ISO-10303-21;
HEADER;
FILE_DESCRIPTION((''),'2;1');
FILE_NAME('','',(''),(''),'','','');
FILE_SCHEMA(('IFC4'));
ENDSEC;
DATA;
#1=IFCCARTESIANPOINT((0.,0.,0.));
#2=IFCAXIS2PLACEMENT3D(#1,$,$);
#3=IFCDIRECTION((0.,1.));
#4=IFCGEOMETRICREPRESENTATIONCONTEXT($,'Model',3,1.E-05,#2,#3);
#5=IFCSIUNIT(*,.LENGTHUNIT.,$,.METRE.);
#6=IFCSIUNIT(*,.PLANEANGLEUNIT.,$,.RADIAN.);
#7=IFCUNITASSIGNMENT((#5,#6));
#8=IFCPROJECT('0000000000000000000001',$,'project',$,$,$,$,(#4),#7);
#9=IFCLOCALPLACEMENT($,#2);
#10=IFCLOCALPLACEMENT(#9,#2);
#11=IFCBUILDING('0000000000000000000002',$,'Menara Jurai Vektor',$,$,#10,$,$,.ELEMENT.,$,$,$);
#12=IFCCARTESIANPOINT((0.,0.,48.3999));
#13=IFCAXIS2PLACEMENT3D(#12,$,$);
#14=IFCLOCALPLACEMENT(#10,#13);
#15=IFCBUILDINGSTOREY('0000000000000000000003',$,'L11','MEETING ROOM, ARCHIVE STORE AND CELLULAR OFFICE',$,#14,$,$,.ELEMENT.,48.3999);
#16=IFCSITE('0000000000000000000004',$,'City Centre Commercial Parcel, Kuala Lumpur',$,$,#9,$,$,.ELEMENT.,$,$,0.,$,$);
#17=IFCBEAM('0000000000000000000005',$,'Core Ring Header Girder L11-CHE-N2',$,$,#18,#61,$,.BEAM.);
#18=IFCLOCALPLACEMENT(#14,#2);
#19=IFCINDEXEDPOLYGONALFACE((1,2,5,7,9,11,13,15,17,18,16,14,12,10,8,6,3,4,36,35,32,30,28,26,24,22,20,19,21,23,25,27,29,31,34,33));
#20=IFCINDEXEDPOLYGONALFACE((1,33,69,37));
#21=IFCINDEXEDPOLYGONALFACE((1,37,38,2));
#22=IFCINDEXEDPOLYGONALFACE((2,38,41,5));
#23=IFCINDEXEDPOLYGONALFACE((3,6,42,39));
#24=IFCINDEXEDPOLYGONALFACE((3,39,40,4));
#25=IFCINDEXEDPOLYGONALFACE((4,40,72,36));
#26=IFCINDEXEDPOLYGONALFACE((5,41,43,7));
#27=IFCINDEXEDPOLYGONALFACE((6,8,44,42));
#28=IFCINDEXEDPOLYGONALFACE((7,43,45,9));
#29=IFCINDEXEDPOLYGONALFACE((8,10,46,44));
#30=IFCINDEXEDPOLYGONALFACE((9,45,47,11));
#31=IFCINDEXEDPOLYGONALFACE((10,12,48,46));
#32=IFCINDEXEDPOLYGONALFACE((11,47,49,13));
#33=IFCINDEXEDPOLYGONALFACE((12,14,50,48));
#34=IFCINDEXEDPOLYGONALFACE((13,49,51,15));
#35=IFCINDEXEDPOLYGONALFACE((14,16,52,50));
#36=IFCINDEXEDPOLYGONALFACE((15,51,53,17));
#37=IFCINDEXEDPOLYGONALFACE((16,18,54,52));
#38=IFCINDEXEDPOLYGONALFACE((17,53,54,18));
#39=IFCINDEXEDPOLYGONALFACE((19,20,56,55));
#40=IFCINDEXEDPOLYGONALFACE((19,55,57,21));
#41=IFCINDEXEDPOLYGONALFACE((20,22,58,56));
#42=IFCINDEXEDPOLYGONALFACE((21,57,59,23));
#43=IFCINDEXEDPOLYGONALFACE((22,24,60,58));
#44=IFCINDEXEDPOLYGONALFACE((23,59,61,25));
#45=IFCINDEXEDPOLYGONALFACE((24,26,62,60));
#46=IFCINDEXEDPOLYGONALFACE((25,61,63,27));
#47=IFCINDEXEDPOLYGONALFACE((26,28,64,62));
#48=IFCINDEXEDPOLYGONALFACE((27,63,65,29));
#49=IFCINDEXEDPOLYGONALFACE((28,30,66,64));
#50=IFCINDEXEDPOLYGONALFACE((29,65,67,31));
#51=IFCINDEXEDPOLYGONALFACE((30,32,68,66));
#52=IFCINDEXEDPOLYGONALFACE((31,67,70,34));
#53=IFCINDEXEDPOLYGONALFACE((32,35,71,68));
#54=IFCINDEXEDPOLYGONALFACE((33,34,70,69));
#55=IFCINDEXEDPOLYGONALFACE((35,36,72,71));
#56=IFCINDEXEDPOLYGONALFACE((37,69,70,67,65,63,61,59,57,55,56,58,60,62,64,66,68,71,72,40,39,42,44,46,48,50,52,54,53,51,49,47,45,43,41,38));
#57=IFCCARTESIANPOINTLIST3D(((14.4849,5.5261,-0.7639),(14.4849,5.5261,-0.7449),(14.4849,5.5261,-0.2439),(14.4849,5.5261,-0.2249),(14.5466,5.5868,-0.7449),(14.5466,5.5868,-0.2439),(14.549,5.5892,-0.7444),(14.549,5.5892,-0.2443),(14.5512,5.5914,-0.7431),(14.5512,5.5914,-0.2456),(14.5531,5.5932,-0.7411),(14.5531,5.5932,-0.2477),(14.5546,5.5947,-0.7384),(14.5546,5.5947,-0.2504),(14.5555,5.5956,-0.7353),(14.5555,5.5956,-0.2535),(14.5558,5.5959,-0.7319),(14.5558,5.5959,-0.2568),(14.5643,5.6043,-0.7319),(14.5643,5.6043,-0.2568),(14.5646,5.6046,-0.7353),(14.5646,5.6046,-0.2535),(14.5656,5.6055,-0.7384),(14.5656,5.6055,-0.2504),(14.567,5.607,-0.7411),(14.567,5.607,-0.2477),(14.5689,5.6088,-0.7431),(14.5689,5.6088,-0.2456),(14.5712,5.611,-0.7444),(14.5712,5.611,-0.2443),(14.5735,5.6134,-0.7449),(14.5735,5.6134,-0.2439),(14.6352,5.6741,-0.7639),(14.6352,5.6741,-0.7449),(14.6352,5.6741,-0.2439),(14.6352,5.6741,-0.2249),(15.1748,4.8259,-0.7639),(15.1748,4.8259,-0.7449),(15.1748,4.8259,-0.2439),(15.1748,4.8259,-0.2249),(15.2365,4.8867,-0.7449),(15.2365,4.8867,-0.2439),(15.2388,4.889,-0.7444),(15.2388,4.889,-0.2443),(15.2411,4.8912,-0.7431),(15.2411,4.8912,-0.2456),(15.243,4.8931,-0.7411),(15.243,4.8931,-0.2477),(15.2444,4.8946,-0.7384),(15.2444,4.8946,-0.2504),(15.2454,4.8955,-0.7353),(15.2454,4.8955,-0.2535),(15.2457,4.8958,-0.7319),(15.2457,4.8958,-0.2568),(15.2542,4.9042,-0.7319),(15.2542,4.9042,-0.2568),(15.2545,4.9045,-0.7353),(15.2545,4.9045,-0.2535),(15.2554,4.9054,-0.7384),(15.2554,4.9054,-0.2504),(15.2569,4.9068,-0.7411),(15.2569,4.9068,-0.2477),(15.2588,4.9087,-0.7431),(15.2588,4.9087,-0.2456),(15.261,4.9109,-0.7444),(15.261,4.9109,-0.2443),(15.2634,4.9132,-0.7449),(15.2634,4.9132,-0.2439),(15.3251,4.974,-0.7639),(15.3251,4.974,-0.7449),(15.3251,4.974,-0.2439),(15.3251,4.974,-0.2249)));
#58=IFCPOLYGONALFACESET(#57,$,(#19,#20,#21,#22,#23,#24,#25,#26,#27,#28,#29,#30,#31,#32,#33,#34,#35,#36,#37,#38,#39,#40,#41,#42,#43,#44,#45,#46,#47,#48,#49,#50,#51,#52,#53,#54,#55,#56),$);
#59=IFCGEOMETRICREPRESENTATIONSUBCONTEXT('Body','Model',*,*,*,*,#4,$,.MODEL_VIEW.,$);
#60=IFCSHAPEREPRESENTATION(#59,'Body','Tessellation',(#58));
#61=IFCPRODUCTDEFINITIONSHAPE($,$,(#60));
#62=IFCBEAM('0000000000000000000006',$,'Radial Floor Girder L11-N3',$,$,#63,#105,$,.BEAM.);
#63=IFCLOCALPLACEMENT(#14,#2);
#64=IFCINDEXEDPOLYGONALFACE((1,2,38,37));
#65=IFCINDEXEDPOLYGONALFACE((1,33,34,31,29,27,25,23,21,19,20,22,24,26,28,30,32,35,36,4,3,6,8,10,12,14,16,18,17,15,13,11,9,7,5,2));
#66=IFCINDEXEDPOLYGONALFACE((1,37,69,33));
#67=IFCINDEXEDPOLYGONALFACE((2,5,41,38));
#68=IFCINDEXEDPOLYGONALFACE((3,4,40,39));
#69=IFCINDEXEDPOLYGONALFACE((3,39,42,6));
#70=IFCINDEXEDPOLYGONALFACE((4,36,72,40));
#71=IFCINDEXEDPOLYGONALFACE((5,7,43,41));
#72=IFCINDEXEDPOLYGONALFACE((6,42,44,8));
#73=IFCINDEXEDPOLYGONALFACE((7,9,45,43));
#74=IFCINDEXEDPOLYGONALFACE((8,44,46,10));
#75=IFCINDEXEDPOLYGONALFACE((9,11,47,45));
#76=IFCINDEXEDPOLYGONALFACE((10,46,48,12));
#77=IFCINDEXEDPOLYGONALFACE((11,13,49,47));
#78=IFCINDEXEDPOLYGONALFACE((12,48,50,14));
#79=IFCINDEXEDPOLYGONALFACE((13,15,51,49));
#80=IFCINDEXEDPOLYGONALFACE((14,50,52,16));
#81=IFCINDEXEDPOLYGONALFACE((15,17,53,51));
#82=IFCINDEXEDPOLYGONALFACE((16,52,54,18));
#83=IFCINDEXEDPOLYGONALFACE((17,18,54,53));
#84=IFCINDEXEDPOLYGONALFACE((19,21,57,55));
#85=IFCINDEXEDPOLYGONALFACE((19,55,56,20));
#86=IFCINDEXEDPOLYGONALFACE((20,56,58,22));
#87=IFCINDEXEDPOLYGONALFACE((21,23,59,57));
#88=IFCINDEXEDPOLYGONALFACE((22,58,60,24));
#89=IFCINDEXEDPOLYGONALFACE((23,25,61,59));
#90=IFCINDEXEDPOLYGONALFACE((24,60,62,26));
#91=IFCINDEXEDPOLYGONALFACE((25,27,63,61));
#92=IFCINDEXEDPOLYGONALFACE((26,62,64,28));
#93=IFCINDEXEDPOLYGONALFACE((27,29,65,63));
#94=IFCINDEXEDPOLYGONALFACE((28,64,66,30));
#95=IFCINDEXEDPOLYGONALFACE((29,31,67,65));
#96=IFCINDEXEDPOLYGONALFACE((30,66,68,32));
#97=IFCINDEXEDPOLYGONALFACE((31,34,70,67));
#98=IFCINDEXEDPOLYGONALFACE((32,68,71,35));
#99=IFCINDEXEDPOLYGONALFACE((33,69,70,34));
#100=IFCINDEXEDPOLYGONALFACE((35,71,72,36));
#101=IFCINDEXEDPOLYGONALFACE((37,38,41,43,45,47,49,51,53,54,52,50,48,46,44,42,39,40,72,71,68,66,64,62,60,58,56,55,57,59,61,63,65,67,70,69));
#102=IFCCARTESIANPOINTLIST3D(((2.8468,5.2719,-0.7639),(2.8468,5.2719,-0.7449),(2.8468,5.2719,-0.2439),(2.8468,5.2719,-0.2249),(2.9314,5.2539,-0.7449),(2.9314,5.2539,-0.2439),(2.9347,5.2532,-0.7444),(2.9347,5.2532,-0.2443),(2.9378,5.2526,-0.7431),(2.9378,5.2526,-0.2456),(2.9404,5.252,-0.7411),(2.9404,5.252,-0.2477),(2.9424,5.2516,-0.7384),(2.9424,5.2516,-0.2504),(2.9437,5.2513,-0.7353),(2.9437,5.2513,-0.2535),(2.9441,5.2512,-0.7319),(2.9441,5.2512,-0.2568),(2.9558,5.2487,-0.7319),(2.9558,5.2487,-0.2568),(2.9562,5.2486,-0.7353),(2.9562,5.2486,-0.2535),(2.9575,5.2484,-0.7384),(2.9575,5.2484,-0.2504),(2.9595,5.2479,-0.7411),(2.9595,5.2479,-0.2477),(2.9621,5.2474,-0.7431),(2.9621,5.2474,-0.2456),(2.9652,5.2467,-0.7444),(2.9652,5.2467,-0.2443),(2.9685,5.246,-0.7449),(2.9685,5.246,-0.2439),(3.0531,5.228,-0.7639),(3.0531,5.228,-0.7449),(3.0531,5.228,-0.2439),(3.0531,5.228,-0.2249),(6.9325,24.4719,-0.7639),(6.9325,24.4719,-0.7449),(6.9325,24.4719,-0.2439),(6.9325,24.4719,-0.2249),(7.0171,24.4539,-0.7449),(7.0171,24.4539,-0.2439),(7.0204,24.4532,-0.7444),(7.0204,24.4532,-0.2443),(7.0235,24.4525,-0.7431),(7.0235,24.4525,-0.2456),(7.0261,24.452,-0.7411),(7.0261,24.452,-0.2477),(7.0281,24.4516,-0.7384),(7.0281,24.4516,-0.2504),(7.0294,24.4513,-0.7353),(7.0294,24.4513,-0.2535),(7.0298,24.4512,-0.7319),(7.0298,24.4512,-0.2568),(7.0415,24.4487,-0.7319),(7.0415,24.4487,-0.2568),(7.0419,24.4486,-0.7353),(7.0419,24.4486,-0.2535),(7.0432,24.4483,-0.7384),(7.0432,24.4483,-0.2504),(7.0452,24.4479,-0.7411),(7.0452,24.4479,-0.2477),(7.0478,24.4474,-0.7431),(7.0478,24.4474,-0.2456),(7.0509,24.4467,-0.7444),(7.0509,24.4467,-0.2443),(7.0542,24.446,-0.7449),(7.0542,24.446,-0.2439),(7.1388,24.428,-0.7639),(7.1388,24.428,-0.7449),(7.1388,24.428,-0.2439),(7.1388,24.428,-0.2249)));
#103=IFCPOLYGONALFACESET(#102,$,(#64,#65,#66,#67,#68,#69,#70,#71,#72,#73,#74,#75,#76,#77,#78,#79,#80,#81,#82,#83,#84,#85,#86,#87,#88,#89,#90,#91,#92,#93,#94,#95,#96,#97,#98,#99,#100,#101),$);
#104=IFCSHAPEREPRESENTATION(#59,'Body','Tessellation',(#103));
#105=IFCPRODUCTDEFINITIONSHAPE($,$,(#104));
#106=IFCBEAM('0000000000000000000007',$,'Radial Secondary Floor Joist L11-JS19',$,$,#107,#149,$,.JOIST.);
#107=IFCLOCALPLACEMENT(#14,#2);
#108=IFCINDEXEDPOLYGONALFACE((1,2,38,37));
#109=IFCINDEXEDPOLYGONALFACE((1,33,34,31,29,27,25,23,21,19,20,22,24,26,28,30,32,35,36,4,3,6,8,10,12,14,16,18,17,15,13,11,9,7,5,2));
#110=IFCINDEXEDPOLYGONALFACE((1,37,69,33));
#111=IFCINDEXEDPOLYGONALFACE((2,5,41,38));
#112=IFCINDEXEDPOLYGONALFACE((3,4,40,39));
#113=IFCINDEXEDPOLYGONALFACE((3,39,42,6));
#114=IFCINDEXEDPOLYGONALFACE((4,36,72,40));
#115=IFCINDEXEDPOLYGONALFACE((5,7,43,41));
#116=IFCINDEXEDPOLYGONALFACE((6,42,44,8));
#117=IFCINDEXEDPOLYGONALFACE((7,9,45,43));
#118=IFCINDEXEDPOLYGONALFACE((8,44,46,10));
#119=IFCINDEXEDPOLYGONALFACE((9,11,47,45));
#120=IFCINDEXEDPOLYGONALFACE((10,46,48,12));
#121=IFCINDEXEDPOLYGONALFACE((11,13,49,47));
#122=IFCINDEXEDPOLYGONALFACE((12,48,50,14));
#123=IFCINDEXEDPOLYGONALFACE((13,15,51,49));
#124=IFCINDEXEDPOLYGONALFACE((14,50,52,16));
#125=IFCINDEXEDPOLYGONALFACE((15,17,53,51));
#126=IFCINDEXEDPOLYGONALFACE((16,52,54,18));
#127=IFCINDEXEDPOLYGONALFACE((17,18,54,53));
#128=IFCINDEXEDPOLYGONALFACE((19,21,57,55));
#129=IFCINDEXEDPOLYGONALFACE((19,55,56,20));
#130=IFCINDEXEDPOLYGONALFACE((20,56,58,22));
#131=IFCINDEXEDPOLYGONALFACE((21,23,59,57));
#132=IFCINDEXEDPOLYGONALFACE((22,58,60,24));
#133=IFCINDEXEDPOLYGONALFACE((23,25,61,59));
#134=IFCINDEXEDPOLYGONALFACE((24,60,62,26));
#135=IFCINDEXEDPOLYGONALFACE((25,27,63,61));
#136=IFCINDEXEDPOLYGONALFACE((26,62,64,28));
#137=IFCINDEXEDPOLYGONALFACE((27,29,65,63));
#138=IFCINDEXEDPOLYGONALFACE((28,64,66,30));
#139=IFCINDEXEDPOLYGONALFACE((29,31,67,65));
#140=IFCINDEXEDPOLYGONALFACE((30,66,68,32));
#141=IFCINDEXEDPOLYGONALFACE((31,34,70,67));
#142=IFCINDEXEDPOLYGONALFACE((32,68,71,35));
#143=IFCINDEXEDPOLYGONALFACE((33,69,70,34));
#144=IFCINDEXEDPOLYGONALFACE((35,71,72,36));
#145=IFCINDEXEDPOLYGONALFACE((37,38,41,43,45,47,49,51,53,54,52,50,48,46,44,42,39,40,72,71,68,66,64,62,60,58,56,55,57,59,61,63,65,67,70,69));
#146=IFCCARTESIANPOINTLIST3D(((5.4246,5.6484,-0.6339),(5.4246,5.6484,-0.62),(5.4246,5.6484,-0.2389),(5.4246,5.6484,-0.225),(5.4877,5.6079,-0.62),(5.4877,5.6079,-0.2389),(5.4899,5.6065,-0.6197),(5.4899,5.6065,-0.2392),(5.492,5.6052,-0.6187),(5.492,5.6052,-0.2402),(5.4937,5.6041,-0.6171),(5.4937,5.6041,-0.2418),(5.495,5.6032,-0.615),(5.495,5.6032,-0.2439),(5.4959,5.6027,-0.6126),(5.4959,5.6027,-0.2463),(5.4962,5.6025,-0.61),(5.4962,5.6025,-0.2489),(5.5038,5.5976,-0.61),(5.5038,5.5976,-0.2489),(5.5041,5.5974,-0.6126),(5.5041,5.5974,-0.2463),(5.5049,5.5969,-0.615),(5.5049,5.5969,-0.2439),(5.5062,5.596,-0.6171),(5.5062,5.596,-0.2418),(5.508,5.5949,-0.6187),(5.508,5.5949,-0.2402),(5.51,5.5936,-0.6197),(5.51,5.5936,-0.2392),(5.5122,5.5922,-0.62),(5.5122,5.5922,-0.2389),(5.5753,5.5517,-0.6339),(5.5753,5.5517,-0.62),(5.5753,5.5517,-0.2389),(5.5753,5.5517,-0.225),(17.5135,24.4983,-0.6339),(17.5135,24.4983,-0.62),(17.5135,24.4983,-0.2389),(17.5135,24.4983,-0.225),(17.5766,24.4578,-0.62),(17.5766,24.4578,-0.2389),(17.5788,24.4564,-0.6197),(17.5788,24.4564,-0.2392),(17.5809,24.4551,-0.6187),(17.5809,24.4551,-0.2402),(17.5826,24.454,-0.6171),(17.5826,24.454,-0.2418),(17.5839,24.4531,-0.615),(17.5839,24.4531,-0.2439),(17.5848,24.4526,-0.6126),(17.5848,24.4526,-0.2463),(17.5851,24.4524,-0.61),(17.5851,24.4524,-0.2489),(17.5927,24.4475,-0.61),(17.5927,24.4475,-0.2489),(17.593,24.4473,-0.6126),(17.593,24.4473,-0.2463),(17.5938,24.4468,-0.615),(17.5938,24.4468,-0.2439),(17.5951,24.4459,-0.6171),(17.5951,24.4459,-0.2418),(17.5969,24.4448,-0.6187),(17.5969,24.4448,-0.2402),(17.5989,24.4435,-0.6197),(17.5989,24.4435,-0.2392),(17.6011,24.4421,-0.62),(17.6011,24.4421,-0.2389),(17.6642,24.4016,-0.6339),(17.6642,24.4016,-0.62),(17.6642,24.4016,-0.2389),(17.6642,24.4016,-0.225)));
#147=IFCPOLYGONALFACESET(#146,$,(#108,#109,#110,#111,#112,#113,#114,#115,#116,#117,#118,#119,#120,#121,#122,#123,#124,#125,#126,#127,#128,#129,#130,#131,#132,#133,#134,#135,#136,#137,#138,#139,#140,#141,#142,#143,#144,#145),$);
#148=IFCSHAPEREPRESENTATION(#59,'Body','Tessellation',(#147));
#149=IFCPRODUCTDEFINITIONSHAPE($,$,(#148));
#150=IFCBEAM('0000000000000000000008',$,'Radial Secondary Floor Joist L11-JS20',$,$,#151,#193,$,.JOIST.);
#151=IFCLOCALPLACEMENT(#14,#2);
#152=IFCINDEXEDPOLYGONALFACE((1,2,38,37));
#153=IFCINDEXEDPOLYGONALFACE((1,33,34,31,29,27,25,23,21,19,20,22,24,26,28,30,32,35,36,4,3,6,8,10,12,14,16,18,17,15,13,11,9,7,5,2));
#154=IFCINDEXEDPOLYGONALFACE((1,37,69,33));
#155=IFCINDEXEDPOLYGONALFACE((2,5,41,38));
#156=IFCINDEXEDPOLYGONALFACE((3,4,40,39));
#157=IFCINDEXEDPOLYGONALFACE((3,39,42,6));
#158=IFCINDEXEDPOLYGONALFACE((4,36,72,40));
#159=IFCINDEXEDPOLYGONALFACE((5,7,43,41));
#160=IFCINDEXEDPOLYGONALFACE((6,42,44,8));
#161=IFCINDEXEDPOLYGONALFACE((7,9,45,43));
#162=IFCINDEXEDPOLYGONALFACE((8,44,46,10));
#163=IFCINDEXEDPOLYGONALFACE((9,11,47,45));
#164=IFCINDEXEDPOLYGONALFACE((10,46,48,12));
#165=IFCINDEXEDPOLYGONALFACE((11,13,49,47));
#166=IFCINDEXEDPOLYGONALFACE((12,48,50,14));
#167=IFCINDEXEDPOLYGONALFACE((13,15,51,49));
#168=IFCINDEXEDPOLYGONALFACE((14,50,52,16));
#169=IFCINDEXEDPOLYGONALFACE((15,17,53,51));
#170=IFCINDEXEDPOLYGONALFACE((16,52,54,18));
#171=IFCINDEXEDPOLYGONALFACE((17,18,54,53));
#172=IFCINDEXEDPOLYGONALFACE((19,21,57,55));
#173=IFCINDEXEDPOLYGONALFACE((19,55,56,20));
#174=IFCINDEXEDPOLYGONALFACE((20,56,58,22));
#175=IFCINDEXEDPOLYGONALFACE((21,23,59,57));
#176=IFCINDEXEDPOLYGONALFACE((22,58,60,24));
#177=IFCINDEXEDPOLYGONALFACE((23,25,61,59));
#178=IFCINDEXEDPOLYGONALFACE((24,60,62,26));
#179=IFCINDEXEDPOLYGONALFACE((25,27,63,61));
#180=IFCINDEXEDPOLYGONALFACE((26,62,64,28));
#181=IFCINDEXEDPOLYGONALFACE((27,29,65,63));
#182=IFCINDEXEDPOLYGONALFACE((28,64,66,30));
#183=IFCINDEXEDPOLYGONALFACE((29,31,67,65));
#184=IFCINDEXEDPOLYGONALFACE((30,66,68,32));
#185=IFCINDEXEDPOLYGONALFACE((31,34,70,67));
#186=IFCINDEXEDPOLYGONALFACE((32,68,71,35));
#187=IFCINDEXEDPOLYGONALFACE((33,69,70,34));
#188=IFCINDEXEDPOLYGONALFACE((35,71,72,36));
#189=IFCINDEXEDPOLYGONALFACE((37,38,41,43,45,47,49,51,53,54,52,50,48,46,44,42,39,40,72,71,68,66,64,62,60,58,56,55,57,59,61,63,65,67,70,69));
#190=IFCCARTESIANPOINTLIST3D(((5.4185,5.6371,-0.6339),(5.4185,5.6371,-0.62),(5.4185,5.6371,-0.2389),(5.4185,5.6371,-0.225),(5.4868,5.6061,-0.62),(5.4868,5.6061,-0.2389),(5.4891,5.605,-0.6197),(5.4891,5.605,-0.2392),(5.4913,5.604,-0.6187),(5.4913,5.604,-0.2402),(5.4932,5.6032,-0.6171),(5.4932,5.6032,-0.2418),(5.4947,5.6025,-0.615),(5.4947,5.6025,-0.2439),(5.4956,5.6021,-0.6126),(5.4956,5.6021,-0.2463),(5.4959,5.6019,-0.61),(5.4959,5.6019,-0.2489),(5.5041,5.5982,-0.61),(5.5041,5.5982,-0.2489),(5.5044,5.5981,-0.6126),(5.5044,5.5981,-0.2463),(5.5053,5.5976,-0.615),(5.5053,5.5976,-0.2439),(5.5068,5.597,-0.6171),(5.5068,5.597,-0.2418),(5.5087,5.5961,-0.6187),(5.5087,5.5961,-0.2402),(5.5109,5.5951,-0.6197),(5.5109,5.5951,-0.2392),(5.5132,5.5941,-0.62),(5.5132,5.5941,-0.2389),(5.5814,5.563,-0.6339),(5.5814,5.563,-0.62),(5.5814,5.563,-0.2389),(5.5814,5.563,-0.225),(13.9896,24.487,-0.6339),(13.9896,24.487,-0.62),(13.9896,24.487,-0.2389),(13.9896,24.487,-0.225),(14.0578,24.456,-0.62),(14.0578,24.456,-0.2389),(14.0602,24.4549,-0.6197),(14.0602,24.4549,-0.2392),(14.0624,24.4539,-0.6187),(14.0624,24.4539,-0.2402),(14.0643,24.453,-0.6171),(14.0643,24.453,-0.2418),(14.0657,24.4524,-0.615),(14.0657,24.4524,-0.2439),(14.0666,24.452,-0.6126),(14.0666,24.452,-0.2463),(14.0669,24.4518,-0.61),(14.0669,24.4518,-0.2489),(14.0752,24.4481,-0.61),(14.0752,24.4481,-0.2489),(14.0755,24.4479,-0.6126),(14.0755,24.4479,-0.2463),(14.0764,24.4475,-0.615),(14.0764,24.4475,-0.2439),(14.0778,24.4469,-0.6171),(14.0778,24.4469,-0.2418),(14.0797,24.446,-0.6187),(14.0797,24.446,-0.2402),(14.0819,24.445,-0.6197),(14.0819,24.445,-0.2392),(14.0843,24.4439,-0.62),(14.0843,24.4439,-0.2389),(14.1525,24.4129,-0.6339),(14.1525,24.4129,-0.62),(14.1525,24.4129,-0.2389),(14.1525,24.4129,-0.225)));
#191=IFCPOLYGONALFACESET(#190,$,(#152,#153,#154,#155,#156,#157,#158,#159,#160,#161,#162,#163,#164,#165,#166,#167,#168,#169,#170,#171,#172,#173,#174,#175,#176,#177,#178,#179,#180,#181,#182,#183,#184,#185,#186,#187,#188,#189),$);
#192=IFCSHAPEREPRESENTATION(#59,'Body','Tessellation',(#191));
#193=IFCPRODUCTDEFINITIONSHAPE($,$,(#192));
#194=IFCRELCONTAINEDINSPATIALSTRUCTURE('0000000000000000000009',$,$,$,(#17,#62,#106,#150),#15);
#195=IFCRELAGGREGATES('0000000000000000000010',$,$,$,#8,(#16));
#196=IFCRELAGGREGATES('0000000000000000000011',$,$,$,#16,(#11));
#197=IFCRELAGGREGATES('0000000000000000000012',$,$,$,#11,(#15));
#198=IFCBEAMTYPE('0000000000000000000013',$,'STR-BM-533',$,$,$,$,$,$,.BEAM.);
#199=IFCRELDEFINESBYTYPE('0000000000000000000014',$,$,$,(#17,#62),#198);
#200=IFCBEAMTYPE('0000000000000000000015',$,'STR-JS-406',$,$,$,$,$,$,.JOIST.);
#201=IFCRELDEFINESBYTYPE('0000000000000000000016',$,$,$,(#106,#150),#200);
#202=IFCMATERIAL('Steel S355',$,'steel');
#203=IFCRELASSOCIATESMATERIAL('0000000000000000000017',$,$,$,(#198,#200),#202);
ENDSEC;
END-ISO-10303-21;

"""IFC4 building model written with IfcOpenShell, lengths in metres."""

from ifc_helpers import new_model, si_unit, direction, frame, origin, origin_2d, place, context, subcontext, project, spatial, i_section, extrude, material, material_profile, profile_set, type_object, element, save


model = new_model("IFC4")

# Units and contexts
model_context = context("Model", 3, precision=1e-05, world=origin(), true_north=direction((0.0, 1.0)))
body_context = subcontext(model_context, "Body", "Model", "MODEL_VIEW")
ifc_project = project(units=[si_unit("LENGTHUNIT", "METRE"), si_unit("PLANEANGLEUNIT", "RADIAN")], contexts=[model_context])

# Site, building, storey
site_placement = place(None, origin())
site = spatial("IfcSite", under=ifc_project, at=site_placement, Name="City Centre Commercial Parcel, Kuala Lumpur", CompositionType="ELEMENT", RefElevation=0.0)
building_placement = place(site_placement, origin())
building = spatial("IfcBuilding", under=site, at=building_placement, Name="Menara Jurai Vektor", CompositionType="ELEMENT")
storey_placement = place(building_placement, frame((0.0, 0.0, 48.3999)))
storey = spatial("IfcBuildingStorey", under=building, at=storey_placement, Name="L11", Description="MEETING ROOM, ARCHIVE STORE AND CELLULAR OFFICE", CompositionType="ELEMENT", Elevation=48.3999)

# Beams
ifc_material_1 = material(Name="Steel S355", Category="steel")
ifc_material_profile_1 = material_profile(ifc_material_1, i_section(OverallWidth=0.2109, OverallDepth=0.5391, WebThickness=0.012, FlangeThickness=0.019, FilletRadius=0.0129, at=origin_2d()), Name="UKB 533x210x109")
ifc_profile_set_1 = profile_set([ifc_material_profile_1], Name="Steel S355")
beam_type_1 = type_object("IfcBeamType", Name="STR-BM-533", PredefinedType="BEAM", material=ifc_profile_set_1)
beam_1_placement = place(storey_placement, frame((14.5601, 5.6001, -0.4944), z_axis=(0.701872, -0.712303, 0.0), x_axis=(0.712303, 0.701872, 0.0)))
element("IfcBeam", 1, at=beam_1_placement, inside=storey, type_object=beam_type_1, Name="Core Ring Header Girder L11-CHE-N2", PredefinedType="BEAM", context=body_context, shape_type="SweptSolid", body=[
    extrude(i_section(OverallWidth=0.2109, OverallDepth=0.5391, WebThickness=0.012, FlangeThickness=0.019, FilletRadius=0.0129, at=origin_2d()), origin(), (0.0, 0.0, 1.0), 0.9829),
])
beam_2_placement = place(storey_placement, frame((7.0356, 24.45, -0.4944), z_axis=(-0.208137, -0.9781, 0.0), x_axis=(0.9781, -0.208137, 0.0)))
element("IfcBeam", 2, at=beam_2_placement, inside=storey, type_object=beam_type_1, Name="Radial Floor Girder L11-N3", PredefinedType="BEAM", context=body_context, shape_type="SweptSolid", body=[
    extrude(i_section(OverallWidth=0.2109, OverallDepth=0.5391, WebThickness=0.012, FlangeThickness=0.019, FilletRadius=0.0129, at=origin_2d()), origin(), (0.0, 0.0, 1.0), 19.6299),
])
ifc_material_profile_2 = material_profile(ifc_material_1, i_section(OverallWidth=0.179, OverallDepth=0.4089, WebThickness=0.009, FlangeThickness=0.0139, FilletRadius=0.01, at=origin_2d()), Name="UKB 406x178x67")
ifc_profile_set_2 = profile_set([ifc_material_profile_2], Name="Steel S355")
beam_type_2 = type_object("IfcBeamType", Name="STR-JS-406", PredefinedType="JOIST", material=ifc_profile_set_2)
beam_3_placement = place(storey_placement, frame((17.5889, 24.45, -0.4294), z_axis=(-0.539844, -0.841765, 0.0), x_axis=(0.841765, -0.539844, 0.0)))
element("IfcBeam", 3, at=beam_3_placement, inside=storey, type_object=beam_type_2, Name="Radial Secondary Floor Joist L11-JS19", PredefinedType="JOIST", context=body_context, shape_type="SweptSolid", body=[
    extrude(i_section(OverallWidth=0.179, OverallDepth=0.4089, WebThickness=0.009, FlangeThickness=0.0139, FilletRadius=0.01, at=origin_2d()), origin(), (0.0, 0.0, 1.0), 22.3933),
])
beam_4_placement = place(storey_placement, frame((14.071, 24.45, -0.4294), z_axis=(-0.41392, -0.910313, 0.0), x_axis=(0.910313, -0.41392, 0.0)))
element("IfcBeam", 4, at=beam_4_placement, inside=storey, type_object=beam_type_2, Name="Radial Secondary Floor Joist L11-JS20", PredefinedType="JOIST", context=body_context, shape_type="SweptSolid", body=[
    extrude(i_section(OverallWidth=0.179, OverallDepth=0.4089, WebThickness=0.009, FlangeThickness=0.0139, FilletRadius=0.01, at=origin_2d()), origin(), (0.0, 0.0, 1.0), 20.707),
])

save(model, "model.ifc")
